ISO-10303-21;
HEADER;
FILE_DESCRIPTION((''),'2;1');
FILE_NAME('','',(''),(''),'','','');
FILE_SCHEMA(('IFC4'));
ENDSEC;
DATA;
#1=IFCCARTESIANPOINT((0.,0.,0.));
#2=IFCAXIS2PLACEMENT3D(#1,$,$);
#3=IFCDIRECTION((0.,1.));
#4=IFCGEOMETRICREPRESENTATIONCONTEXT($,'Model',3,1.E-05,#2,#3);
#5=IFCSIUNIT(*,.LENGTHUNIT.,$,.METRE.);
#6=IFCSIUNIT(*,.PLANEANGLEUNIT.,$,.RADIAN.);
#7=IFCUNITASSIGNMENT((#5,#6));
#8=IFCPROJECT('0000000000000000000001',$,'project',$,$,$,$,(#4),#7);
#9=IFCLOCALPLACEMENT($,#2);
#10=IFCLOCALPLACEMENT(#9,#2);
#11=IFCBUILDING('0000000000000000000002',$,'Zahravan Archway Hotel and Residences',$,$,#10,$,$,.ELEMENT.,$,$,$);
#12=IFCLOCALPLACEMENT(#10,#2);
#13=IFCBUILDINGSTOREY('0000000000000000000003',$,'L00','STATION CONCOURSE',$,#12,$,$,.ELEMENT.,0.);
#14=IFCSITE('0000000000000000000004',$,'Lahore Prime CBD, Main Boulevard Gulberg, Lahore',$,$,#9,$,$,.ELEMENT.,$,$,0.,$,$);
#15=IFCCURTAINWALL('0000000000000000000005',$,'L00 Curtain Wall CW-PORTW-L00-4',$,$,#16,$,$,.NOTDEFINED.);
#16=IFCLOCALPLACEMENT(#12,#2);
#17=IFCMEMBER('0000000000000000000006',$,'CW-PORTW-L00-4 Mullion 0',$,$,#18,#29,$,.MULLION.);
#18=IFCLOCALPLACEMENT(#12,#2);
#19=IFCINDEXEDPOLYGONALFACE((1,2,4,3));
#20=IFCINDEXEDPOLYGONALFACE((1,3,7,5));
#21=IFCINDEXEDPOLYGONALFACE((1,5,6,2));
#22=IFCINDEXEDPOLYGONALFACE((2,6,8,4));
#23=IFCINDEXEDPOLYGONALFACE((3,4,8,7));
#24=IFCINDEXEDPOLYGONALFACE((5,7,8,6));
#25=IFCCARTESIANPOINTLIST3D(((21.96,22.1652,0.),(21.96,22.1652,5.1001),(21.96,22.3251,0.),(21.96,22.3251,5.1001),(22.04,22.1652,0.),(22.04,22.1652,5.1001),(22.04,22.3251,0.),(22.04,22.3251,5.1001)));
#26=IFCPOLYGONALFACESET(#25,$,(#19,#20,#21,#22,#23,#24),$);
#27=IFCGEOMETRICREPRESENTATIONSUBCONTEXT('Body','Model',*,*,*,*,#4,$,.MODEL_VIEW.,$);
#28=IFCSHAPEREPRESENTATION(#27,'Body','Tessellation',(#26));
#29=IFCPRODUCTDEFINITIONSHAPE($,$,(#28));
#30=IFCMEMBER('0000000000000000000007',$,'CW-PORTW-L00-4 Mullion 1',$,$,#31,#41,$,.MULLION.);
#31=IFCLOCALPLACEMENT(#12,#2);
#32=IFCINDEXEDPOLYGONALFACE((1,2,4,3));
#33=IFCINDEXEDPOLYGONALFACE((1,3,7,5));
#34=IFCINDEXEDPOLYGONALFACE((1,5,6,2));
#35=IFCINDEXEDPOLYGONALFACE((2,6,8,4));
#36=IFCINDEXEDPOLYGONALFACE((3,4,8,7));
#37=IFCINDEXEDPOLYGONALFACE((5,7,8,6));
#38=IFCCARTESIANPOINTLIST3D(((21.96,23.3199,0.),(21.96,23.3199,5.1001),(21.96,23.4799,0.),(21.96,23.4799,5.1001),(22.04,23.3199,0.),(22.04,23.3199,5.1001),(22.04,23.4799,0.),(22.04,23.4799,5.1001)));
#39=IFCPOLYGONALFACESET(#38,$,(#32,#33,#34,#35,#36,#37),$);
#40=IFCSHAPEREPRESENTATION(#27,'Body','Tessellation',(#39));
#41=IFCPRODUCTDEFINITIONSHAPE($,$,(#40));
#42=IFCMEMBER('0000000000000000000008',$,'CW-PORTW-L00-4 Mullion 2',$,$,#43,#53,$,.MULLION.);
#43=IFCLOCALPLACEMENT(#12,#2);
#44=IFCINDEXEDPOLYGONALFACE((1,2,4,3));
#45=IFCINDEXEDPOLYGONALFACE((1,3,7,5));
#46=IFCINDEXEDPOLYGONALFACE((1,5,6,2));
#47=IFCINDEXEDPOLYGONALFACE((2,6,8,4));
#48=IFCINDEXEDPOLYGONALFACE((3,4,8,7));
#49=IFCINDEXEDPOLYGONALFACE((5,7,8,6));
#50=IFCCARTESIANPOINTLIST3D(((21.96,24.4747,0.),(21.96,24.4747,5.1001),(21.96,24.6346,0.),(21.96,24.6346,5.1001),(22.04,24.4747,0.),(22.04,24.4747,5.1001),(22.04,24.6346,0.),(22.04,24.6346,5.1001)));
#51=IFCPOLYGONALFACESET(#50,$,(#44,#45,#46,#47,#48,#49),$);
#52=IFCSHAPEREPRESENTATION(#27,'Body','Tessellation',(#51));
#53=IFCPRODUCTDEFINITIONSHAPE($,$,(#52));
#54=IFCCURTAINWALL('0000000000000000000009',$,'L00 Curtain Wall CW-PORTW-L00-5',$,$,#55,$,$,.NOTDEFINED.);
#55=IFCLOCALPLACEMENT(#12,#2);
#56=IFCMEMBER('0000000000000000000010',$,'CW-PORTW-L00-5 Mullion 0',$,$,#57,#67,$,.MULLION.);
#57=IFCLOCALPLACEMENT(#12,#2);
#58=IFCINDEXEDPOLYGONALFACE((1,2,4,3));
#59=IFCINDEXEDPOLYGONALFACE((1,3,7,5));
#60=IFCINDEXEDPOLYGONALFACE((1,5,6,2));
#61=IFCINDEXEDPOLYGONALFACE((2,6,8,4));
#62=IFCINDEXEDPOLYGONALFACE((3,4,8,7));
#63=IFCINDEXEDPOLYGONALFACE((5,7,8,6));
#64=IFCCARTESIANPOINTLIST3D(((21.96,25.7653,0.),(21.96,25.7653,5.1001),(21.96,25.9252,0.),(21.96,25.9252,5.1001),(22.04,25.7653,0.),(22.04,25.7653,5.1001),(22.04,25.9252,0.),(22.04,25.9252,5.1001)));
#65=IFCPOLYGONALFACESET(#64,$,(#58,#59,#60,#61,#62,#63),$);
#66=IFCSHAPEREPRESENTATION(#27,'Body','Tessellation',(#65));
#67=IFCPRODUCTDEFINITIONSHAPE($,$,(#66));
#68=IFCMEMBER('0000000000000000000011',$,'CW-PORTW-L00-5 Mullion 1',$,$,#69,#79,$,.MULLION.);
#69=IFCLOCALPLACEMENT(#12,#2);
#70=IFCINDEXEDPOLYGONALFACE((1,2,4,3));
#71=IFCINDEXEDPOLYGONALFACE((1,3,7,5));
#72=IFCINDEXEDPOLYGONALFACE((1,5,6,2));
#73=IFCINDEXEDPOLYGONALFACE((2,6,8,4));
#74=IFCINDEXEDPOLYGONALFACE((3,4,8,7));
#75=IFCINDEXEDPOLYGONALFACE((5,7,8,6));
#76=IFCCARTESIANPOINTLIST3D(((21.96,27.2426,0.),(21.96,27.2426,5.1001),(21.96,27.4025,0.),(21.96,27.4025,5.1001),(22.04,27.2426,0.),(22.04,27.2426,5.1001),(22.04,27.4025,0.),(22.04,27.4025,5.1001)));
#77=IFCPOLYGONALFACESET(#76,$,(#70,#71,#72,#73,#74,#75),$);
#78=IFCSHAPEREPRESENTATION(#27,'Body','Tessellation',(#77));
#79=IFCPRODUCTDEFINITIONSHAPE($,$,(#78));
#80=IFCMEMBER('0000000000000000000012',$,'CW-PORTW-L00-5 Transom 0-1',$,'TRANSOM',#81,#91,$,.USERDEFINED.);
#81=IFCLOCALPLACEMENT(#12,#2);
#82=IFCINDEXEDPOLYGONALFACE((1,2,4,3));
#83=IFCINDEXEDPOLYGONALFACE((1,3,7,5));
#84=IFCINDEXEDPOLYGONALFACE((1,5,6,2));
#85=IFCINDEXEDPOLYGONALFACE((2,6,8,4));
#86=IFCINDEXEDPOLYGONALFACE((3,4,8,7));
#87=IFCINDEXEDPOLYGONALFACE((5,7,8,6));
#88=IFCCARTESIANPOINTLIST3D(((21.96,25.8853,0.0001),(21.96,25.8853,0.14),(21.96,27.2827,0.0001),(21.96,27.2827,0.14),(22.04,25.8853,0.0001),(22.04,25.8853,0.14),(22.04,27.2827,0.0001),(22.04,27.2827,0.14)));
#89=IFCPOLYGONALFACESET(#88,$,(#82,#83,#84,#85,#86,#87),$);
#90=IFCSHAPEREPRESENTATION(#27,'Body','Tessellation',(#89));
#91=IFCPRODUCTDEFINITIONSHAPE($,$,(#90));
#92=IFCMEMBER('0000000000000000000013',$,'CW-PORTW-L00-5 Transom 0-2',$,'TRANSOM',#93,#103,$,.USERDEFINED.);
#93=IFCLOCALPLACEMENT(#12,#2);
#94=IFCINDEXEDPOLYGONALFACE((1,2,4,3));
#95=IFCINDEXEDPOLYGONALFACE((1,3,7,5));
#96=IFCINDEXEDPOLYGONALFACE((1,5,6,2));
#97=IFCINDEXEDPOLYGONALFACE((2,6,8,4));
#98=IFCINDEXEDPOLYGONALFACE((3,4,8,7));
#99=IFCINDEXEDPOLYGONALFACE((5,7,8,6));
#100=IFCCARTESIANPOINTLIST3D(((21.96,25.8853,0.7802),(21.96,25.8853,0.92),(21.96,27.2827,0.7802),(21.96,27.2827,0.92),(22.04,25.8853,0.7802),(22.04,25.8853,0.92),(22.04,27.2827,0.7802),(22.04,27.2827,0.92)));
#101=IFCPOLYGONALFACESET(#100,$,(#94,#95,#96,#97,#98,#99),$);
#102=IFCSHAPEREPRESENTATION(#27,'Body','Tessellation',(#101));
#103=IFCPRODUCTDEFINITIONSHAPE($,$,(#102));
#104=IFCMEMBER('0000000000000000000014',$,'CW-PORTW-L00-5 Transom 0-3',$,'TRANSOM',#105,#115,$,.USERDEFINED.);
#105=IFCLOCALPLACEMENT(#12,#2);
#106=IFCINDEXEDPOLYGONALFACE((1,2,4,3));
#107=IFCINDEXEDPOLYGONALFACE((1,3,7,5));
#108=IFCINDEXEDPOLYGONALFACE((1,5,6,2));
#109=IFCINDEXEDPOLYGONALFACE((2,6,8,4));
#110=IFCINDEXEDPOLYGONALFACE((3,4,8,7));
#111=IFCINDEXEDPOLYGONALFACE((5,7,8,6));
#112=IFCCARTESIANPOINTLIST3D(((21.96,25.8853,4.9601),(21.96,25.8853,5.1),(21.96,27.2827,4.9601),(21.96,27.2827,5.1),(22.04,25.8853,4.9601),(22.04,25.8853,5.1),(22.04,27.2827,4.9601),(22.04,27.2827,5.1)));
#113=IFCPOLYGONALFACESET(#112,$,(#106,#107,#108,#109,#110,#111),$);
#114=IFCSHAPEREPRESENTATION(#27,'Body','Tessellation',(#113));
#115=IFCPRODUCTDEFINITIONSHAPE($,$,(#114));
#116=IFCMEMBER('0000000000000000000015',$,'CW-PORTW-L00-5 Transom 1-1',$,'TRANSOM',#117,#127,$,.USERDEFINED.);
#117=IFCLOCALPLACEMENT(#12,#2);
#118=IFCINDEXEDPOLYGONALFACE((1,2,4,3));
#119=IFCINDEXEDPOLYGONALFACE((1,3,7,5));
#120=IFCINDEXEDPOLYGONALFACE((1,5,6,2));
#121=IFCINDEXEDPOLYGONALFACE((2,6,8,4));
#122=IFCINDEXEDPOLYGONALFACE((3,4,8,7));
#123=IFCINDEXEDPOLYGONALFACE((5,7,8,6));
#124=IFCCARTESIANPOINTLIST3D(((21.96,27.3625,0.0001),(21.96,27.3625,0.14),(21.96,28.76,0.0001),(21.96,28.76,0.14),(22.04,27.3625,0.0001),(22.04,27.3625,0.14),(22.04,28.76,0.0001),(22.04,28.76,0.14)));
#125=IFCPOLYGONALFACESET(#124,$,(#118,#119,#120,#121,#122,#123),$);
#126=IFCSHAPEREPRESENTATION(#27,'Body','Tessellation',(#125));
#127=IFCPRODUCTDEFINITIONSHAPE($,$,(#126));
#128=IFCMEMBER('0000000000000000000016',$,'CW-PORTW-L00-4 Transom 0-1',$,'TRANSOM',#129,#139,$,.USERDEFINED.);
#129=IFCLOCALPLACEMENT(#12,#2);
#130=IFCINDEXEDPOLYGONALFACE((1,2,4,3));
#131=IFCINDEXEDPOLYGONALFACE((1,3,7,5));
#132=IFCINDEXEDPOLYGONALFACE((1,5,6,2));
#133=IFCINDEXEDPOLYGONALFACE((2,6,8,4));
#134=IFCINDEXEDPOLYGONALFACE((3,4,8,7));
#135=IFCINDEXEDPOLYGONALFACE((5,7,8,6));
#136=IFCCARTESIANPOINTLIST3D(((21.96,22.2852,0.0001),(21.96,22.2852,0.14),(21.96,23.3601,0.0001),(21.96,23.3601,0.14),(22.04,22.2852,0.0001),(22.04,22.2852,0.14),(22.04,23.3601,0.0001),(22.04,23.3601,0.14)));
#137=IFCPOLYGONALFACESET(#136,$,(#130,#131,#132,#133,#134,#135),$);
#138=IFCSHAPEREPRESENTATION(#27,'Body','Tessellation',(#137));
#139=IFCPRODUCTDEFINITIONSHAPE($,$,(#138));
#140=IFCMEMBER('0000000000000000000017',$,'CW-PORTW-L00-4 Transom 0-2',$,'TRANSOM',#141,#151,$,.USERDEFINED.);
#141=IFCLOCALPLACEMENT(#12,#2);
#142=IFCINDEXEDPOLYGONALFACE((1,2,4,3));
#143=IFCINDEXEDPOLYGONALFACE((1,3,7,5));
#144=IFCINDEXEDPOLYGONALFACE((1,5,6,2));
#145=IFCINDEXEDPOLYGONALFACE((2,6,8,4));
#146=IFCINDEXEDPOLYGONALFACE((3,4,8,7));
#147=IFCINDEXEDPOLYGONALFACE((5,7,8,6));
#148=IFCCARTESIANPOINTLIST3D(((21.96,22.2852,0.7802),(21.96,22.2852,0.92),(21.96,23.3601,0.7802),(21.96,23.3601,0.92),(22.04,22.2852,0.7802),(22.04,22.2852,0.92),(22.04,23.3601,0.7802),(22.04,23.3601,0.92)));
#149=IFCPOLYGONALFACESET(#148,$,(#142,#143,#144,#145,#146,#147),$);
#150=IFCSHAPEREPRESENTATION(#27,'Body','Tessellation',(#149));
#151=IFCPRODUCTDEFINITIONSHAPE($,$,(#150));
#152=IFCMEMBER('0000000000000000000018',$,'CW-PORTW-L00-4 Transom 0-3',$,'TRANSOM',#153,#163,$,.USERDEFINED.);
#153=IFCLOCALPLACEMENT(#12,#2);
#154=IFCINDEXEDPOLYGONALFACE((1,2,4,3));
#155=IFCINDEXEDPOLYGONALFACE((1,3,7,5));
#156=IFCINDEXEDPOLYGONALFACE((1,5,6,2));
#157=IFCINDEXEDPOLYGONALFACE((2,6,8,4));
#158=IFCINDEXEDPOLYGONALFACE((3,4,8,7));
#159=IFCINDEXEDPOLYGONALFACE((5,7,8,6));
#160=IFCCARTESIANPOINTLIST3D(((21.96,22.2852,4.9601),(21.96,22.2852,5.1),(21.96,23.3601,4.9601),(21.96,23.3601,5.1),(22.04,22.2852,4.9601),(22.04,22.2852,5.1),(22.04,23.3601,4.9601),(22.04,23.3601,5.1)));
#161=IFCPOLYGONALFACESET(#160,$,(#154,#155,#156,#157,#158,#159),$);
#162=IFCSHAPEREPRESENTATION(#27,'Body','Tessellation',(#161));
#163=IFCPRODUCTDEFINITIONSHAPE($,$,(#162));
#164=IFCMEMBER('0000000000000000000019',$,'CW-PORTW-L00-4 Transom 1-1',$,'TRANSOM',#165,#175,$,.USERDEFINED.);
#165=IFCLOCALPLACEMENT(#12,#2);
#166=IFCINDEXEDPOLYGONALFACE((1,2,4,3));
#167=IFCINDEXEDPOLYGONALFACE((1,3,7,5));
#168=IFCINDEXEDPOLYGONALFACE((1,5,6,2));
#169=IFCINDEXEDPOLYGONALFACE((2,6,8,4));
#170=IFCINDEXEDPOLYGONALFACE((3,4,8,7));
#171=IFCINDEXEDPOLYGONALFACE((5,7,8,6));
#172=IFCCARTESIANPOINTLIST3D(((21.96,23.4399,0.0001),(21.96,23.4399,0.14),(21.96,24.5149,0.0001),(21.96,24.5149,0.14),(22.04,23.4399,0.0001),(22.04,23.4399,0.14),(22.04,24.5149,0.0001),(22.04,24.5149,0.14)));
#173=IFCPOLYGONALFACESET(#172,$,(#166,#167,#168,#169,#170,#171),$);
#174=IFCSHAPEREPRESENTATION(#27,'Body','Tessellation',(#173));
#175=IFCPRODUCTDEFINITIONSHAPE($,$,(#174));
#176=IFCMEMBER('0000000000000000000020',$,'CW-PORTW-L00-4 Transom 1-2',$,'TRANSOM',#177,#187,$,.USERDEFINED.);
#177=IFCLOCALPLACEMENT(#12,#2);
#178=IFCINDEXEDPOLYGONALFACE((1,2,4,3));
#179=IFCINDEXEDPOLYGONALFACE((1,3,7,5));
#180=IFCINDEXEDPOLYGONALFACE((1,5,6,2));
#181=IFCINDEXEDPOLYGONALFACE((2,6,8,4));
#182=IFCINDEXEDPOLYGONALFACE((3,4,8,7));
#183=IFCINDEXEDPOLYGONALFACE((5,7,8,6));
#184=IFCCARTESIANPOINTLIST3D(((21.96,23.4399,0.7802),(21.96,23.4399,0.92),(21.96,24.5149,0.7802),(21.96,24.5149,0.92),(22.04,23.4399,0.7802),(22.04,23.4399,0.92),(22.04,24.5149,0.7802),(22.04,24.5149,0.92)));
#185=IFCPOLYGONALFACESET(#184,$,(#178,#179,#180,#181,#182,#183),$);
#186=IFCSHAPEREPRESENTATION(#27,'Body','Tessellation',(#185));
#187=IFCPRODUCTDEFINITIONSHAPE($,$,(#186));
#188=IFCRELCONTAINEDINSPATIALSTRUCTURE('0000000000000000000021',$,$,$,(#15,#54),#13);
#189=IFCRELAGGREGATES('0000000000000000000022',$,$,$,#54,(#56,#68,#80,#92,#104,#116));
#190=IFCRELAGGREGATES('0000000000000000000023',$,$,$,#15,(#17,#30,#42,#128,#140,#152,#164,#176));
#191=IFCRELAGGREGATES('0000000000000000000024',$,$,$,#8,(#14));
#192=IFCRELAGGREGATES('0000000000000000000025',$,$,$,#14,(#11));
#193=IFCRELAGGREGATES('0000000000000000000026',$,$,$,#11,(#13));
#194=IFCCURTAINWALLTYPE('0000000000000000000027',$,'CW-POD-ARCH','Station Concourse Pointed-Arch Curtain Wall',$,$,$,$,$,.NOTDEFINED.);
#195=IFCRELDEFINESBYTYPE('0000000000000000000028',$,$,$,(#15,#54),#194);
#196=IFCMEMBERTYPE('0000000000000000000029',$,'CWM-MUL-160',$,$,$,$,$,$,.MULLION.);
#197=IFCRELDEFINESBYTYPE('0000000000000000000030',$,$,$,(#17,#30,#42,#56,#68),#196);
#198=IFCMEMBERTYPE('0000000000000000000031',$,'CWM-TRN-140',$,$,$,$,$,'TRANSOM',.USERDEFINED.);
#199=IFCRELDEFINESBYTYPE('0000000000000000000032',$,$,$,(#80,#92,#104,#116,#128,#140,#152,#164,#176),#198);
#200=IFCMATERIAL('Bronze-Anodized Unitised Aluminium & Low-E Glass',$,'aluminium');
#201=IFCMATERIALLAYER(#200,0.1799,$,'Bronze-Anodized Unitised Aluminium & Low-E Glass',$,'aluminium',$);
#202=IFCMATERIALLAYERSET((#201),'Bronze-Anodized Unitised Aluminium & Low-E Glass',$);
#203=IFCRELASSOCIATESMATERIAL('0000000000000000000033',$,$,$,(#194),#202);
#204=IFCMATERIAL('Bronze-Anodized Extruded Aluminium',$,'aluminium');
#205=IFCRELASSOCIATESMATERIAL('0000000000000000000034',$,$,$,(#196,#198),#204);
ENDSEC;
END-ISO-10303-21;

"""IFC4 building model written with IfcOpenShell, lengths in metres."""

from ifc_helpers import new_model, si_unit, direction, frame, origin, origin_2d, place, context, subcontext, project, spatial, rectangle, extrude, source, transform, mapped, material, layer, layer_set, material_profile, profile_set, type_object, element, aggregate, save


model = new_model("IFC4")

# Units and contexts
model_context = context("Model", 3, precision=1e-05, world=origin(), true_north=direction((0.0, 1.0)))
body_context = subcontext(model_context, "Body", "Model", "MODEL_VIEW")
ifc_project = project(units=[si_unit("LENGTHUNIT", "METRE"), si_unit("PLANEANGLEUNIT", "RADIAN")], contexts=[model_context])

# Site, building, storey
site_placement = place(None, origin())
site = spatial("IfcSite", under=ifc_project, at=site_placement, Name="Lahore Prime CBD, Main Boulevard Gulberg, Lahore", CompositionType="ELEMENT", RefElevation=0.0)
building_placement = place(site_placement, origin())
building = spatial("IfcBuilding", under=site, at=building_placement, Name="Zahravan Archway Hotel and Residences", CompositionType="ELEMENT")
storey_placement = place(building_placement, origin())
storey = spatial("IfcBuildingStorey", under=building, at=storey_placement, Name="L00", Description="STATION CONCOURSE", CompositionType="ELEMENT", Elevation=0.0)

# Shared definitions
ifc_material_1 = material(Name="Bronze-Anodized Unitised Aluminium & Low-E Glass", Category="aluminium")
ifc_layer_1 = layer(ifc_material_1, 0.1799, Name="Bronze-Anodized Unitised Aluminium & Low-E Glass", Category="aluminium")
ifc_layer_set_1 = layer_set([ifc_layer_1], Name="Bronze-Anodized Unitised Aluminium & Low-E Glass")
curtain_wall_type = type_object("IfcCurtainWallType", Name="CW-POD-ARCH", Description="Station Concourse Pointed-Arch Curtain Wall", PredefinedType="NOTDEFINED", material=ifc_layer_set_1)
ifc_material_2 = material(Name="Bronze-Anodized Extruded Aluminium", Category="aluminium")
ifc_material_profile_1 = material_profile(ifc_material_2, rectangle(XDim=0.0801, YDim=0.1599, at=origin_2d()), Name="MUL 80x160", Category="aluminium")
ifc_profile_set_1 = profile_set([ifc_material_profile_1], Name="Bronze-Anodized Extruded Aluminium")
member_type_1 = type_object("IfcMemberType", Name="CWM-MUL-160", PredefinedType="MULLION", material=ifc_profile_set_1)
shared_shape_1 = source(origin(), body_context, "Body", "SweptSolid", [
    extrude(rectangle(XDim=0.0801, YDim=0.1599, at=origin_2d()), origin(), (0.0, 0.0, 1.0), 5.1001),
])

# Curtain walls, members
curtain_wall_1_placement = place(storey_placement, origin())
curtain_wall_1 = element("IfcCurtainWall", 1, at=curtain_wall_1_placement, inside=storey, type_object=curtain_wall_type, Name="L00 Curtain Wall CW-PORTW-L00-4", PredefinedType="NOTDEFINED")
member_1_placement = place(storey_placement, frame((22.0, 22.2451, 0.0), z_axis=(0.0, 0.0, 1.0), x_axis=(1.0, 0.0, 0.0)))
member_1 = element("IfcMember", 2, at=member_1_placement, type_object=member_type_1, Name="CW-PORTW-L00-4 Mullion 0", PredefinedType="MULLION", context=body_context, shape_type="MappedRepresentation", body=[
    mapped(shared_shape_1, transform((0.0, 0.0, 0.0), scale=1.0)),
])
member_2_placement = place(storey_placement, frame((22.0, 23.3999, 0.0), z_axis=(0.0, 0.0, 1.0), x_axis=(1.0, 0.0, 0.0)))
member_2 = element("IfcMember", 3, at=member_2_placement, type_object=member_type_1, Name="CW-PORTW-L00-4 Mullion 1", PredefinedType="MULLION", context=body_context, shape_type="MappedRepresentation", body=[
    mapped(shared_shape_1, transform((0.0, 0.0, 0.0), scale=1.0)),
])
member_3_placement = place(storey_placement, frame((22.0, 24.5547, 0.0), z_axis=(0.0, 0.0, 1.0), x_axis=(1.0, 0.0, 0.0)))
member_3 = element("IfcMember", 4, at=member_3_placement, type_object=member_type_1, Name="CW-PORTW-L00-4 Mullion 2", PredefinedType="MULLION", context=body_context, shape_type="MappedRepresentation", body=[
    mapped(shared_shape_1, transform((0.0, 0.0, 0.0), scale=1.0)),
])
curtain_wall_2_placement = place(storey_placement, origin())
curtain_wall_2 = element("IfcCurtainWall", 5, at=curtain_wall_2_placement, inside=storey, type_object=curtain_wall_type, Name="L00 Curtain Wall CW-PORTW-L00-5", PredefinedType="NOTDEFINED")
member_4_placement = place(storey_placement, frame((22.0, 25.8452, 0.0), z_axis=(0.0, 0.0, 1.0), x_axis=(1.0, 0.0, 0.0)))
member_4 = element("IfcMember", 6, at=member_4_placement, type_object=member_type_1, Name="CW-PORTW-L00-5 Mullion 0", PredefinedType="MULLION", context=body_context, shape_type="MappedRepresentation", body=[
    mapped(shared_shape_1, transform((0.0, 0.0, 0.0), scale=1.0)),
])
member_5_placement = place(storey_placement, frame((22.0, 27.3225, 0.0), z_axis=(0.0, 0.0, 1.0), x_axis=(1.0, 0.0, 0.0)))
member_5 = element("IfcMember", 7, at=member_5_placement, type_object=member_type_1, Name="CW-PORTW-L00-5 Mullion 1", PredefinedType="MULLION", context=body_context, shape_type="MappedRepresentation", body=[
    mapped(shared_shape_1, transform((0.0, 0.0, 0.0), scale=1.0)),
])
ifc_material_profile_2 = material_profile(ifc_material_2, rectangle(XDim=0.0801, YDim=0.1399, at=origin_2d()), Name="TRN 80x140", Category="aluminium")
ifc_profile_set_2 = profile_set([ifc_material_profile_2], Name="Bronze-Anodized Extruded Aluminium")
member_type_2 = type_object("IfcMemberType", Name="CWM-TRN-140", ElementType="TRANSOM", PredefinedType="USERDEFINED", material=ifc_profile_set_2)
shared_shape_2 = source(origin(), body_context, "Body", "SweptSolid", [
    extrude(rectangle(XDim=0.0801, YDim=0.1399, at=origin_2d()), origin(), (0.0, 0.0, 1.0), 1.3975),
])
member_6_placement = place(storey_placement, frame((22.0, 25.8853, 0.0701), z_axis=(0.0, 1.0, 0.0), x_axis=(-1.0, 0.0, 0.0)))
member_6 = element("IfcMember", 8, at=member_6_placement, type_object=member_type_2, Name="CW-PORTW-L00-5 Transom 0-1", ObjectType="TRANSOM", PredefinedType="USERDEFINED", context=body_context, shape_type="MappedRepresentation", body=[
    mapped(shared_shape_2, transform((0.0, 0.0, 0.0), scale=1.0)),
])
member_7_placement = place(storey_placement, frame((22.0, 25.8853, 0.8501), z_axis=(0.0, 1.0, 0.0), x_axis=(-1.0, 0.0, 0.0)))
member_7 = element("IfcMember", 9, at=member_7_placement, type_object=member_type_2, Name="CW-PORTW-L00-5 Transom 0-2", ObjectType="TRANSOM", PredefinedType="USERDEFINED", context=body_context, shape_type="MappedRepresentation", body=[
    mapped(shared_shape_2, transform((0.0, 0.0, 0.0), scale=1.0)),
])
member_8_placement = place(storey_placement, frame((22.0, 25.8853, 5.03), z_axis=(0.0, 1.0, 0.0), x_axis=(-1.0, 0.0, 0.0)))
member_8 = element("IfcMember", 10, at=member_8_placement, type_object=member_type_2, Name="CW-PORTW-L00-5 Transom 0-3", ObjectType="TRANSOM", PredefinedType="USERDEFINED", context=body_context, shape_type="MappedRepresentation", body=[
    mapped(shared_shape_2, transform((0.0, 0.0, 0.0), scale=1.0)),
])
member_9_placement = place(storey_placement, frame((22.0, 27.3625, 0.0701), z_axis=(0.0, 1.0, 0.0), x_axis=(-1.0, 0.0, 0.0)))
member_9 = element("IfcMember", 11, at=member_9_placement, type_object=member_type_2, Name="CW-PORTW-L00-5 Transom 1-1", ObjectType="TRANSOM", PredefinedType="USERDEFINED", context=body_context, shape_type="MappedRepresentation", body=[
    mapped(shared_shape_2, transform((0.0, 0.0, 0.0), scale=1.0)),
])

# Members
shared_shape_3 = source(origin(), body_context, "Body", "SweptSolid", [
    extrude(rectangle(XDim=0.0801, YDim=0.1399, at=origin_2d()), origin(), (0.0, 0.0, 1.0), 1.075),
])
member_10_placement = place(storey_placement, frame((22.0, 22.2852, 0.0701), z_axis=(0.0, 1.0, 0.0), x_axis=(-1.0, 0.0, 0.0)))
member_10 = element("IfcMember", 12, at=member_10_placement, type_object=member_type_2, Name="CW-PORTW-L00-4 Transom 0-1", ObjectType="TRANSOM", PredefinedType="USERDEFINED", context=body_context, shape_type="MappedRepresentation", body=[
    mapped(shared_shape_3, transform((0.0, 0.0, 0.0), scale=1.0)),
])
member_11_placement = place(storey_placement, frame((22.0, 22.2852, 0.8501), z_axis=(0.0, 1.0, 0.0), x_axis=(-1.0, 0.0, 0.0)))
member_11 = element("IfcMember", 13, at=member_11_placement, type_object=member_type_2, Name="CW-PORTW-L00-4 Transom 0-2", ObjectType="TRANSOM", PredefinedType="USERDEFINED", context=body_context, shape_type="MappedRepresentation", body=[
    mapped(shared_shape_3, transform((0.0, 0.0, 0.0), scale=1.0)),
])
member_12_placement = place(storey_placement, frame((22.0, 22.2852, 5.03), z_axis=(0.0, 1.0, 0.0), x_axis=(-1.0, 0.0, 0.0)))
member_12 = element("IfcMember", 14, at=member_12_placement, type_object=member_type_2, Name="CW-PORTW-L00-4 Transom 0-3", ObjectType="TRANSOM", PredefinedType="USERDEFINED", context=body_context, shape_type="MappedRepresentation", body=[
    mapped(shared_shape_3, transform((0.0, 0.0, 0.0), scale=1.0)),
])
member_13_placement = place(storey_placement, frame((22.0, 23.4399, 0.0701), z_axis=(0.0, 1.0, 0.0), x_axis=(-1.0, 0.0, 0.0)))
member_13 = element("IfcMember", 15, at=member_13_placement, type_object=member_type_2, Name="CW-PORTW-L00-4 Transom 1-1", ObjectType="TRANSOM", PredefinedType="USERDEFINED", context=body_context, shape_type="MappedRepresentation", body=[
    mapped(shared_shape_3, transform((0.0, 0.0, 0.0), scale=1.0)),
])
member_14_placement = place(storey_placement, frame((22.0, 23.4399, 0.8501), z_axis=(0.0, 1.0, 0.0), x_axis=(-1.0, 0.0, 0.0)))
member_14 = element("IfcMember", 16, at=member_14_placement, type_object=member_type_2, Name="CW-PORTW-L00-4 Transom 1-2", ObjectType="TRANSOM", PredefinedType="USERDEFINED", context=body_context, shape_type="MappedRepresentation", body=[
    mapped(shared_shape_3, transform((0.0, 0.0, 0.0), scale=1.0)),
])

aggregate(curtain_wall_2, [member_4, member_5, member_6, member_7, member_8, member_9])
aggregate(curtain_wall_1, [member_1, member_2, member_3, member_10, member_11, member_12, member_13, member_14])

save(model, "model.ifc")
